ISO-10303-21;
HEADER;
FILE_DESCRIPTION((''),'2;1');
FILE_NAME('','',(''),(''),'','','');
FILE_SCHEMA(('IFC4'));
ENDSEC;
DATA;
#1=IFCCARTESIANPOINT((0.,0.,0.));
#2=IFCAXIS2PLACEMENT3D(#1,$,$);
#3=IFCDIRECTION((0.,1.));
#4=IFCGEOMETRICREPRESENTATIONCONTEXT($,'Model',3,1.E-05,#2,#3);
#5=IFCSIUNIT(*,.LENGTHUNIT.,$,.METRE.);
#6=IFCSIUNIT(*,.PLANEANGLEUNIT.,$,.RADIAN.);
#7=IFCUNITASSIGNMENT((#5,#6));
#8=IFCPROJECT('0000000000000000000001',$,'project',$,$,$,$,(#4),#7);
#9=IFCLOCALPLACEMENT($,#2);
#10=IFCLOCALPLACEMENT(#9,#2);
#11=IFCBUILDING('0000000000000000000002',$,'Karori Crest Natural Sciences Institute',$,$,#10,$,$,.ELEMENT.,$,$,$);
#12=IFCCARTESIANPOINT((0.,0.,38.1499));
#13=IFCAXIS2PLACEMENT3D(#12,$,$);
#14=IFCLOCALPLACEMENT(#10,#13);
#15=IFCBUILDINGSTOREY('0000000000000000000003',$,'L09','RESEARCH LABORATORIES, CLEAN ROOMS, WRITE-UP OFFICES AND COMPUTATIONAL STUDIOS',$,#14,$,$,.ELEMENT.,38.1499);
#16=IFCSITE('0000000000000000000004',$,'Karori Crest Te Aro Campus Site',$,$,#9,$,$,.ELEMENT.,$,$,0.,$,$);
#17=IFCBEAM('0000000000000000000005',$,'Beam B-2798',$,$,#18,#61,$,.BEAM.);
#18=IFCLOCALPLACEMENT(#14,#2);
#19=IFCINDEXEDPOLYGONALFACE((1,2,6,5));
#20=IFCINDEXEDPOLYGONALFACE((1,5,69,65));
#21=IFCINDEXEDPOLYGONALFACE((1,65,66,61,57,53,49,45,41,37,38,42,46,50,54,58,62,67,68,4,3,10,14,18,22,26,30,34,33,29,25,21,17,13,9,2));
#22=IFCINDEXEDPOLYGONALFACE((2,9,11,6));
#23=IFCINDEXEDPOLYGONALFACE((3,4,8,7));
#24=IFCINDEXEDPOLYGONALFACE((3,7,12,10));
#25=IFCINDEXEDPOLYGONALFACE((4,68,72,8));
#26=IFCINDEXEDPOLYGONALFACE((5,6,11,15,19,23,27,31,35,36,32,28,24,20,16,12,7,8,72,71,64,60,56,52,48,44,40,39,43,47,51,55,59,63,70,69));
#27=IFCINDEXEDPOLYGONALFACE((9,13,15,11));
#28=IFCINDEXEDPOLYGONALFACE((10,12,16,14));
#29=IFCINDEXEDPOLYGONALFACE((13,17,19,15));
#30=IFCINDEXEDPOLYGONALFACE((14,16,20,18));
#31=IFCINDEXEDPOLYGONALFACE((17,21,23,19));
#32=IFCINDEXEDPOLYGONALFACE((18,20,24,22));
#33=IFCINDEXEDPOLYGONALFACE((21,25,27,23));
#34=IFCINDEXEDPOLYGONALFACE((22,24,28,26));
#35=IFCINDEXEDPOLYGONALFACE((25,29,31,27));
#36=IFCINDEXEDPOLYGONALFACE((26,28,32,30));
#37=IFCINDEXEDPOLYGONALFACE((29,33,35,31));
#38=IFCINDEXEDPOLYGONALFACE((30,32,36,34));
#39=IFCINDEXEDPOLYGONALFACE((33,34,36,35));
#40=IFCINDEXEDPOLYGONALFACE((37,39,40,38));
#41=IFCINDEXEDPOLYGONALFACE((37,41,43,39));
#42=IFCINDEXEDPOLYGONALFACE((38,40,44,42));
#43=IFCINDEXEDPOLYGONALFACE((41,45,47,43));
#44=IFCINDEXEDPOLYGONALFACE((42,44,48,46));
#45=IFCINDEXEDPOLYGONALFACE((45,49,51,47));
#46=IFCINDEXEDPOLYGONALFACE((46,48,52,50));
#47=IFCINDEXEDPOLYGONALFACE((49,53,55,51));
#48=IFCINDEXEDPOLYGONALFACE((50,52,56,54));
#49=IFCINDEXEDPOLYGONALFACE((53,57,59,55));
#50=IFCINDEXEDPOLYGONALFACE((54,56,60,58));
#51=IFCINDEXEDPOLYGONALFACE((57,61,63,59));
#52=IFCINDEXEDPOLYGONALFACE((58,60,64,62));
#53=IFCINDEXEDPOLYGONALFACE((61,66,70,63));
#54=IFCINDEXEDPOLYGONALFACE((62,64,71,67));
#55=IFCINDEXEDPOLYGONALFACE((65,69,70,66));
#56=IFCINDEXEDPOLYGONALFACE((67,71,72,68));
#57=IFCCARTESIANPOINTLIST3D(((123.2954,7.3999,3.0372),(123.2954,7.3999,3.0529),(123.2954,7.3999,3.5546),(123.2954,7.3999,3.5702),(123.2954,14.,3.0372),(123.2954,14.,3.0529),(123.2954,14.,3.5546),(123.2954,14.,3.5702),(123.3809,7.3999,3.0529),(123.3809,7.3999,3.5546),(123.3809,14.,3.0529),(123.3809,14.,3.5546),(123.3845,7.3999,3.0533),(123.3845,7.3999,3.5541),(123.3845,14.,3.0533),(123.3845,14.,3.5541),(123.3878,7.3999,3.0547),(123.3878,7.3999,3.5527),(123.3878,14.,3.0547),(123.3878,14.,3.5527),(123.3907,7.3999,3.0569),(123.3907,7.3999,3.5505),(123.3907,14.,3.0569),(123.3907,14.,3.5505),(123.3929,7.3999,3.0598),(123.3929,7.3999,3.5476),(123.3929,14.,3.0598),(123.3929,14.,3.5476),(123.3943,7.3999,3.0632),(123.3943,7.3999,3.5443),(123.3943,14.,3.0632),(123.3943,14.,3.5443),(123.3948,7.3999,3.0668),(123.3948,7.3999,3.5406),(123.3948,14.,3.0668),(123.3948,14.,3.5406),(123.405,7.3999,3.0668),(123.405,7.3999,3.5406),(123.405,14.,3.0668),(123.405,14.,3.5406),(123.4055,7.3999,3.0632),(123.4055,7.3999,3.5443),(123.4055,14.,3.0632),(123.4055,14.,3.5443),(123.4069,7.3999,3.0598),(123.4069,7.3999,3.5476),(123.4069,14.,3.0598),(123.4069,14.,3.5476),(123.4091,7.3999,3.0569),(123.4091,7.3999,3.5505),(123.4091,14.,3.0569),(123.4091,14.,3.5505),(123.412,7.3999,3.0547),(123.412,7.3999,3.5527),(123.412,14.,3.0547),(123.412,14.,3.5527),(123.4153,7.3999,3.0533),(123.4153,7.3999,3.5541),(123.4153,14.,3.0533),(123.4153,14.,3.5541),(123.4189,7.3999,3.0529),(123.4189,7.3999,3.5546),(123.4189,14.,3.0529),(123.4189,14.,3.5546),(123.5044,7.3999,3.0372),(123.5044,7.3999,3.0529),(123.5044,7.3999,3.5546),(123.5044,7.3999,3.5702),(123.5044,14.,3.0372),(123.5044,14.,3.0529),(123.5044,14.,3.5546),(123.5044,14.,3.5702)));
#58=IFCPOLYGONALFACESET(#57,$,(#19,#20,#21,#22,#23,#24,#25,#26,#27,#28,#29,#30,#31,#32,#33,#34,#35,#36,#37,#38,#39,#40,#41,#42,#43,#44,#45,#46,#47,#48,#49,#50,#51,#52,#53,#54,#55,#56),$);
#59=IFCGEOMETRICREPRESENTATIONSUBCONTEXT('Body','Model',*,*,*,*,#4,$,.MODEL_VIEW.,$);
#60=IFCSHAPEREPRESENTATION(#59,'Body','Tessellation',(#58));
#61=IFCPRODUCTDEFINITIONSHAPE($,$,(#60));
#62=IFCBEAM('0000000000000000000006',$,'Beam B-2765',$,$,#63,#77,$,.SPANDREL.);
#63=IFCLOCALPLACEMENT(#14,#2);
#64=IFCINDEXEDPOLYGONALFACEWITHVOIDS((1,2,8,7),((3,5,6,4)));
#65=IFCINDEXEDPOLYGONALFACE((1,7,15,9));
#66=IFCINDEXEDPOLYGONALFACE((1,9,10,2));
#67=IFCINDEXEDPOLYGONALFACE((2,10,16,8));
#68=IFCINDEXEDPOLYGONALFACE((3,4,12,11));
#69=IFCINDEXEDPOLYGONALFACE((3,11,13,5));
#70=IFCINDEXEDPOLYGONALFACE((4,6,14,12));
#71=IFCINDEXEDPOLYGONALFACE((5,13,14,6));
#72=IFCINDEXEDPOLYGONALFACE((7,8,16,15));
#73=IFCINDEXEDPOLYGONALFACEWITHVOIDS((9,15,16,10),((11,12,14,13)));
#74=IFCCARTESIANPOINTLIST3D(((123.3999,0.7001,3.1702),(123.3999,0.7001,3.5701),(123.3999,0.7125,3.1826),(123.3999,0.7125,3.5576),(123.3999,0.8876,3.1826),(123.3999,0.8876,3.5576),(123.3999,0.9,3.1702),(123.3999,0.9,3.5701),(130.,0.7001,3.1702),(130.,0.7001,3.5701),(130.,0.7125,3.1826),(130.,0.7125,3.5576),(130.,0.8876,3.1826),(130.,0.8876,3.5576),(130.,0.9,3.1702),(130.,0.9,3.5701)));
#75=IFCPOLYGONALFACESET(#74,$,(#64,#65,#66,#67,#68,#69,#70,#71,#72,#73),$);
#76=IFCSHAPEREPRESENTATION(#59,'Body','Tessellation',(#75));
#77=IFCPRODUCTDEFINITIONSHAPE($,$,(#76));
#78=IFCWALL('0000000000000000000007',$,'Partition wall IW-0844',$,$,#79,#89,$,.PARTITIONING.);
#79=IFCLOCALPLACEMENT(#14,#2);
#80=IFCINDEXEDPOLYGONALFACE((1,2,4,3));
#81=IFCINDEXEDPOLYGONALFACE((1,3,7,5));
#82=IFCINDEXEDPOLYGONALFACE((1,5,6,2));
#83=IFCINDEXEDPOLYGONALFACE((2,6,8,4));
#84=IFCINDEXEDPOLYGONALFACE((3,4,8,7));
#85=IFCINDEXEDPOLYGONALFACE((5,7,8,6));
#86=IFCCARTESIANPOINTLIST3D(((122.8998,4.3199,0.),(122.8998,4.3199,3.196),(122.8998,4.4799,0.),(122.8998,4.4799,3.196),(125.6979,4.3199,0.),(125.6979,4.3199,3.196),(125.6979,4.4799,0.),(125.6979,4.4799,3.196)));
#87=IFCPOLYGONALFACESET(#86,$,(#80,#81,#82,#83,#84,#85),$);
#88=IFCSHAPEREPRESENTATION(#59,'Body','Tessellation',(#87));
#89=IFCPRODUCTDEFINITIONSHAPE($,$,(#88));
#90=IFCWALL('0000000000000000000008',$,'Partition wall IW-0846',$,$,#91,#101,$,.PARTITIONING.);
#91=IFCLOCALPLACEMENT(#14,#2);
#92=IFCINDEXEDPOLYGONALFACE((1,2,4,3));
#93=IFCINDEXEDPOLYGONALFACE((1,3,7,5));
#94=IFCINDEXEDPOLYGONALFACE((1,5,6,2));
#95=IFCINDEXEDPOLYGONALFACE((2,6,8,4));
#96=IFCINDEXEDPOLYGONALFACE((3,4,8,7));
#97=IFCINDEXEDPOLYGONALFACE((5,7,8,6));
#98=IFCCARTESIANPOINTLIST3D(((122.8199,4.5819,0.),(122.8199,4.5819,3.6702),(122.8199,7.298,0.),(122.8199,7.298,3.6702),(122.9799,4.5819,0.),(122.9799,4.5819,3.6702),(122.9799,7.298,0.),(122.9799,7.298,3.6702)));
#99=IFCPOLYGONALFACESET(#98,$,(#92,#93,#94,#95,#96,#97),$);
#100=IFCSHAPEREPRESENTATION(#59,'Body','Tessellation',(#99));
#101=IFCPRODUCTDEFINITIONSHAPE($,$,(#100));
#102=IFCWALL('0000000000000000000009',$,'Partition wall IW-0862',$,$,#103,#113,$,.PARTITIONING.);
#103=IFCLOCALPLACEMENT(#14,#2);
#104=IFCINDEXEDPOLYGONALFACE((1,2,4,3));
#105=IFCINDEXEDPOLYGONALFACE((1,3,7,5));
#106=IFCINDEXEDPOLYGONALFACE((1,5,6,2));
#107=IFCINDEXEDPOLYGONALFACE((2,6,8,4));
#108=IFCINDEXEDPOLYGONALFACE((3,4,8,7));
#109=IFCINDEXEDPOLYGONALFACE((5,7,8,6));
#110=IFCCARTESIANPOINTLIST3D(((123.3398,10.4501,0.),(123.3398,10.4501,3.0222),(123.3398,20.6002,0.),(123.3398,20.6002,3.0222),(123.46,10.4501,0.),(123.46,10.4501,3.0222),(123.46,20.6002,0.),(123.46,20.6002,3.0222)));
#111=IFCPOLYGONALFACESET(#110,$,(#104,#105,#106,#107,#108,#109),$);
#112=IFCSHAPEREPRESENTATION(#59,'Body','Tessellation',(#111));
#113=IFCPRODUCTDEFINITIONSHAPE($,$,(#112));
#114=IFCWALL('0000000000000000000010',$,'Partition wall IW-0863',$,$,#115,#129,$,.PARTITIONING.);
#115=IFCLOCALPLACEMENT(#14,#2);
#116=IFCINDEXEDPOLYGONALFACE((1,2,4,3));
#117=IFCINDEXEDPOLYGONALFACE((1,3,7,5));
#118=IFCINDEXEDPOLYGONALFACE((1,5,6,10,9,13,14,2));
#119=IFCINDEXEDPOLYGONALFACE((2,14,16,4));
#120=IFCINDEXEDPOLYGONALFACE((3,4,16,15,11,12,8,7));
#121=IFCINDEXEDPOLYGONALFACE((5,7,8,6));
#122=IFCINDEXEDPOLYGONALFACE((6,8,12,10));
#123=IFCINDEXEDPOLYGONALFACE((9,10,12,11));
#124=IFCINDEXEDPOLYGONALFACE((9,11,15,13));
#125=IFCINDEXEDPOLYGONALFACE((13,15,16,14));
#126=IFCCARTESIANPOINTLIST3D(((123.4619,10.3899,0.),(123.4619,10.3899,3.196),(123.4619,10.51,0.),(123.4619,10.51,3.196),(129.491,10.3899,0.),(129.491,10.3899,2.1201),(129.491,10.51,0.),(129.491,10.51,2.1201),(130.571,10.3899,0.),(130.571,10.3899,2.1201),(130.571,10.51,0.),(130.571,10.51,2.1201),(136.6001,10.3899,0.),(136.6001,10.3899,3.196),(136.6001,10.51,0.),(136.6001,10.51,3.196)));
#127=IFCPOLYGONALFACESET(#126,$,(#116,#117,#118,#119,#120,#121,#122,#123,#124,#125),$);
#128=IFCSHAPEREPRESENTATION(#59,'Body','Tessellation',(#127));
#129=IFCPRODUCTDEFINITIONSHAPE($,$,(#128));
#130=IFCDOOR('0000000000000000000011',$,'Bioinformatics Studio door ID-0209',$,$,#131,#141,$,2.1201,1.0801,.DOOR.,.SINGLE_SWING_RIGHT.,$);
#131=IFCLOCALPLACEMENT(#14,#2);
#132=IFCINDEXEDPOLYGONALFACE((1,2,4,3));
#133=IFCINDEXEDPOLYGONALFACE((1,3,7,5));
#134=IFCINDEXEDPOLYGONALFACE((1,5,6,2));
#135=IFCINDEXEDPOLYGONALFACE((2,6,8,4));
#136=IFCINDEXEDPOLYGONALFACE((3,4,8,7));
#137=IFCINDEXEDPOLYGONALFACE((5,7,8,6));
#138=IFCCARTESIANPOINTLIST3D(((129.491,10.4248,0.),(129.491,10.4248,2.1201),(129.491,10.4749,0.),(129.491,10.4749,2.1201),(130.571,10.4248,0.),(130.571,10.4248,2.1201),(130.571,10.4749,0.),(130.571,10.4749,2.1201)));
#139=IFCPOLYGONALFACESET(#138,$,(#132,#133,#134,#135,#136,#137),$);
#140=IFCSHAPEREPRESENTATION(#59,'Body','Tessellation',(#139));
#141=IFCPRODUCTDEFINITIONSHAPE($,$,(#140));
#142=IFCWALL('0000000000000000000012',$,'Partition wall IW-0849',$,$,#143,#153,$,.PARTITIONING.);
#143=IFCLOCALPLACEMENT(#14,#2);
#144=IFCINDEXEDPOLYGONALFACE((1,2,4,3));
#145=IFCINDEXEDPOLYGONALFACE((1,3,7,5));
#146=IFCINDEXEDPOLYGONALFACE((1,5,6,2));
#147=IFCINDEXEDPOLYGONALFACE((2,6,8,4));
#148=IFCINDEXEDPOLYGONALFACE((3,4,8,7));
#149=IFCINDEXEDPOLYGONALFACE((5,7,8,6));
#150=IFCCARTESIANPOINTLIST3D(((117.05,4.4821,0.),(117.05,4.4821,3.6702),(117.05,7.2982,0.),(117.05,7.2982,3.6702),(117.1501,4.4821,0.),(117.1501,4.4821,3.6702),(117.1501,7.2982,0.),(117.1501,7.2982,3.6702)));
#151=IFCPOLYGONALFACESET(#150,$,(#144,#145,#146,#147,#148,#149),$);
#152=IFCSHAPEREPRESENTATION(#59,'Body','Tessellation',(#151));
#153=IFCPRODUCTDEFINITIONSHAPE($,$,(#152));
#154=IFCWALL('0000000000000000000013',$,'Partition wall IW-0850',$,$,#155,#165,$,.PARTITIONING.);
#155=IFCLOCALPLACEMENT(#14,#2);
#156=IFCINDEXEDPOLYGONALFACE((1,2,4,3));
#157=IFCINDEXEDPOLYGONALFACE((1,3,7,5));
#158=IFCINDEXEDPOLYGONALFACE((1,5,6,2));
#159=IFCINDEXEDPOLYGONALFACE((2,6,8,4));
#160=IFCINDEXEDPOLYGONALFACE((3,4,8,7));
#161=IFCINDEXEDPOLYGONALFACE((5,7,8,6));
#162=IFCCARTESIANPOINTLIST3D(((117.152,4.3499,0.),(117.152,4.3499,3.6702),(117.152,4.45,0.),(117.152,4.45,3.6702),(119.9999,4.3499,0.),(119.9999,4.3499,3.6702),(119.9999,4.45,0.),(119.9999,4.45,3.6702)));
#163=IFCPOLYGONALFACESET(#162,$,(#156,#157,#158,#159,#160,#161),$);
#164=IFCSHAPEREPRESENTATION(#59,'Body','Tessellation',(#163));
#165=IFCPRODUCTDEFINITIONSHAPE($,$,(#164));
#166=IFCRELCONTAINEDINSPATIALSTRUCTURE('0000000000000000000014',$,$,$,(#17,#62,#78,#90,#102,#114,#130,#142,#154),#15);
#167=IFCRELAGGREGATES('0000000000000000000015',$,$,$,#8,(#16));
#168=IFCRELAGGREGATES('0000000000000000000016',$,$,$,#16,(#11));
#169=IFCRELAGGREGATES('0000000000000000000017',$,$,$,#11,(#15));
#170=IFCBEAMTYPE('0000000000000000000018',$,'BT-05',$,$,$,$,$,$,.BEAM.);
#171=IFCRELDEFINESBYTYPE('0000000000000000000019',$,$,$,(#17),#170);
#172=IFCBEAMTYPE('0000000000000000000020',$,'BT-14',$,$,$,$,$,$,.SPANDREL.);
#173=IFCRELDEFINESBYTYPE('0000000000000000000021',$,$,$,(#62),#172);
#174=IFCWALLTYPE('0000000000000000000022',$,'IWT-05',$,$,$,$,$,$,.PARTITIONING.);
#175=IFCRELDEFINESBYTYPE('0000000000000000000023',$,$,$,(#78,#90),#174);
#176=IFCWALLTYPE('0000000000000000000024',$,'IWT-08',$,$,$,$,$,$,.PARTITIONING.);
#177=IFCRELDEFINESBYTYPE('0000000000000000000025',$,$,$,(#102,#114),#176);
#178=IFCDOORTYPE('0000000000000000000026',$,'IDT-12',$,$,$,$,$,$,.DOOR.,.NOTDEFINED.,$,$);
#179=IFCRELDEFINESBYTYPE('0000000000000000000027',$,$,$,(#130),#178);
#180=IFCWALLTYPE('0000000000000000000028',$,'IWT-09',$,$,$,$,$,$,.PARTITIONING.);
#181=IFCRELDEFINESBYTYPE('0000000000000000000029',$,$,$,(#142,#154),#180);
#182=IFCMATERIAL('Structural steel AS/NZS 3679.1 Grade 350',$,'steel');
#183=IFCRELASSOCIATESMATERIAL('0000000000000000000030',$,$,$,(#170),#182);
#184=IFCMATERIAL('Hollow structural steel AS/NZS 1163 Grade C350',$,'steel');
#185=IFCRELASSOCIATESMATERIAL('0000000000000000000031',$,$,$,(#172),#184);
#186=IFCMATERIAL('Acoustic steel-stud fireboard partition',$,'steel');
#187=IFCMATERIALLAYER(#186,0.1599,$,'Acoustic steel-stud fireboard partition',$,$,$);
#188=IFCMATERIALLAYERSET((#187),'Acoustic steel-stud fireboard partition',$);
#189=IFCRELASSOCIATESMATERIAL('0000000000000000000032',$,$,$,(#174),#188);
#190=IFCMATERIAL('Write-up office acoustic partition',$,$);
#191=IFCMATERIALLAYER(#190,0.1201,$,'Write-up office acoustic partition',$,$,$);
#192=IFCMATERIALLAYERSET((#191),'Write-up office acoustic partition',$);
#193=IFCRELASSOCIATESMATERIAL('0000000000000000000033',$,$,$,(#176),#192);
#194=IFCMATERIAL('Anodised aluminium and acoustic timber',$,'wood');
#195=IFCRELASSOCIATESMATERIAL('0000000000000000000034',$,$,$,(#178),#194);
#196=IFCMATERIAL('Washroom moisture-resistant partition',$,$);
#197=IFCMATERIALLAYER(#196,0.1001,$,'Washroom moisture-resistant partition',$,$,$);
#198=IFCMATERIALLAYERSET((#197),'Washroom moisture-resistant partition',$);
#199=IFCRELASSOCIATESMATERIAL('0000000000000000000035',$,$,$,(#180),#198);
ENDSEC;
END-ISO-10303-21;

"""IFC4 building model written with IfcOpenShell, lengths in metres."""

from ifc_helpers import new_model, si_unit, direction, frame, frame_2d, origin, origin_2d, place, context, subcontext, project, spatial, rectangle, hollow_rectangle, i_section, extrude, material, layer, layer_set, material_profile, profile_set, type_object, element, fill, save


model = new_model("IFC4")

# Units and contexts
model_context = context("Model", 3, precision=1e-05, world=origin(), true_north=direction((0.0, 1.0)))
body_context = subcontext(model_context, "Body", "Model", "MODEL_VIEW")
ifc_project = project(units=[si_unit("LENGTHUNIT", "METRE"), si_unit("PLANEANGLEUNIT", "RADIAN")], contexts=[model_context])

# Site, building, storey
site_placement = place(None, origin())
site = spatial("IfcSite", under=ifc_project, at=site_placement, Name="Karori Crest Te Aro Campus Site", CompositionType="ELEMENT", RefElevation=0.0)
building_placement = place(site_placement, origin())
building = spatial("IfcBuilding", under=site, at=building_placement, Name="Karori Crest Natural Sciences Institute", CompositionType="ELEMENT")
storey_placement = place(building_placement, frame((0.0, 0.0, 38.1499)))
storey = spatial("IfcBuildingStorey", under=building, at=storey_placement, Name="L09", Description="RESEARCH LABORATORIES, CLEAN ROOMS, WRITE-UP OFFICES AND COMPUTATIONAL STUDIOS", CompositionType="ELEMENT", Elevation=38.1499)

# Shared definitions
ifc_material_1 = material(Name="Structural steel AS/NZS 3679.1 Grade 350", Category="steel")

# Beams
ifc_material_profile_1 = material_profile(ifc_material_1, i_section(OverallWidth=0.209, OverallDepth=0.533, WebThickness=0.0103, FlangeThickness=0.0156, FilletRadius=0.0139, at=origin_2d()), Name="530UB92.4")
ifc_profile_set_1 = profile_set([ifc_material_profile_1], Name="Structural steel AS/NZS 3679.1 Grade 350")
beam_type_1 = type_object("IfcBeamType", Name="BT-05", PredefinedType="BEAM", material=ifc_profile_set_1)
beam_1_placement = place(storey_placement, frame((123.3999, 7.3999, 3.3037), z_axis=(0.0, 1.0, 0.0), x_axis=(-1.0, 0.0, 0.0)))
element("IfcBeam", 1, at=beam_1_placement, inside=storey, type_object=beam_type_1, Name="Beam B-2798", PredefinedType="BEAM", context=body_context, shape_type="SweptSolid", body=[
    extrude(i_section(OverallWidth=0.209, OverallDepth=0.533, WebThickness=0.0103, FlangeThickness=0.0156, FilletRadius=0.0139, at=origin_2d()), origin(), (0.0, 0.0, 1.0), 6.6001),
])
ifc_material_2 = material(Name="Hollow structural steel AS/NZS 1163 Grade C350", Category="steel")
ifc_material_profile_2 = material_profile(ifc_material_2, hollow_rectangle(XDim=0.2, YDim=0.3999, WallThickness=0.0125, at=origin_2d()), Name="RHS400x200x12.5")
ifc_profile_set_2 = profile_set([ifc_material_profile_2], Name="Hollow structural steel AS/NZS 1163 Grade C350")
beam_type_2 = type_object("IfcBeamType", Name="BT-14", PredefinedType="SPANDREL", material=ifc_profile_set_2)
beam_2_placement = place(storey_placement, frame((123.3999, 0.8, 3.3701), z_axis=(1.0, 0.0, 0.0), x_axis=(0.0, 1.0, 0.0)))
element("IfcBeam", 2, at=beam_2_placement, inside=storey, type_object=beam_type_2, Name="Beam B-2765", PredefinedType="SPANDREL", context=body_context, shape_type="SweptSolid", body=[
    extrude(hollow_rectangle(XDim=0.2, YDim=0.3999, WallThickness=0.0125, at=origin_2d()), origin(), (0.0, 0.0, 1.0), 6.6001),
])

# Wall
ifc_material_3 = material(Name="Acoustic steel-stud fireboard partition", Category="steel")
ifc_layer_1 = layer(ifc_material_3, 0.1599, Name="Acoustic steel-stud fireboard partition")
ifc_layer_set_1 = layer_set([ifc_layer_1], Name="Acoustic steel-stud fireboard partition")
wall_type_1 = type_object("IfcWallType", Name="IWT-05", PredefinedType="PARTITIONING", material=ifc_layer_set_1)
wall_1_placement = place(storey_placement, frame((122.8999, 4.3999, 0.0), z_axis=(0.0, 0.0, 1.0), x_axis=(1.0, 0.0, 0.0)))
element("IfcWall", 3, at=wall_1_placement, inside=storey, type_object=wall_type_1, Name="Partition wall IW-0844", PredefinedType="PARTITIONING", context=body_context, shape_type="SweptSolid", body=[
    extrude(rectangle(XDim=2.7981, YDim=0.1599, at=frame_2d((1.3989, 0.0))), origin(), (0.0, 0.0, 1.0), 3.196),
])

# Walls
wall_2_placement = place(storey_placement, frame((122.8999, 4.582, 0.0), z_axis=(0.0, 0.0, 1.0), x_axis=(0.0, 1.0, 0.0)))
element("IfcWall", 4, at=wall_2_placement, inside=storey, type_object=wall_type_1, Name="Partition wall IW-0846", PredefinedType="PARTITIONING", context=body_context, shape_type="SweptSolid", body=[
    extrude(rectangle(XDim=2.7161, YDim=0.1599, at=frame_2d((1.3579, 0.0))), origin(), (0.0, 0.0, 1.0), 3.6702),
])
ifc_material_4 = material(Name="Write-up office acoustic partition")
ifc_layer_2 = layer(ifc_material_4, 0.1201, Name="Write-up office acoustic partition")
ifc_layer_set_2 = layer_set([ifc_layer_2], Name="Write-up office acoustic partition")
wall_type_2 = type_object("IfcWallType", Name="IWT-08", PredefinedType="PARTITIONING", material=ifc_layer_set_2)
wall_3_placement = place(storey_placement, frame((123.3999, 10.45, 0.0), z_axis=(0.0, 0.0, 1.0), x_axis=(0.0, 1.0, 0.0)))
element("IfcWall", 5, at=wall_3_placement, inside=storey, type_object=wall_type_2, Name="Partition wall IW-0862", PredefinedType="PARTITIONING", context=body_context, shape_type="SweptSolid", body=[
    extrude(rectangle(XDim=10.1501, YDim=0.1201, at=frame_2d((5.0752, 0.0))), origin(), (0.0, 0.0, 1.0), 3.0222),
])

# Wall, opening, door
wall_4_placement = place(storey_placement, frame((123.4619, 10.45, 0.0), z_axis=(0.0, 0.0, 1.0), x_axis=(1.0, 0.0, 0.0)))
wall_4 = element("IfcWall", 6, at=wall_4_placement, inside=storey, type_object=wall_type_2, Name="Partition wall IW-0863", PredefinedType="PARTITIONING", context=body_context, shape_type="SweptSolid", body=[
    extrude(rectangle(XDim=13.1382, YDim=0.1201, at=frame_2d((6.5691, 0.0))), origin(), (0.0, 0.0, 1.0), 3.196),
])
opening_1_placement = place(wall_4_placement, frame((6.0291, 0.0, 0.0)))
opening_1 = element("IfcOpeningElement", 7, at=opening_1_placement, cuts=wall_4, PredefinedType="OPENING", context=body_context, shape_type="SweptSolid", body=[
    extrude(rectangle(XDim=1.0801, YDim=2.1201, at=frame_2d((0.54, 1.0601))), frame((0.0, 0.0701, 0.0), z_axis=(0.0, -1.0, 0.0), x_axis=(1.0, 0.0, 0.0)), (0.0, 0.0, 1.0), 0.1401),
])
ifc_material_5 = material(Name="Anodised aluminium and acoustic timber", Category="wood")
door_type_1 = type_object("IfcDoorType", Name="IDT-12", OperationType="NOTDEFINED", PredefinedType="DOOR", material=ifc_material_5)
door_1_placement = place(opening_1_placement, origin())
door_1 = element("IfcDoor", 8, at=door_1_placement, inside=storey, type_object=door_type_1, Name="Bioinformatics Studio door ID-0209", OperationType="SINGLE_SWING_RIGHT", OverallHeight=2.1201, OverallWidth=1.0801, PredefinedType="DOOR", context=body_context, shape_type="SweptSolid", body=[
    extrude(rectangle(XDim=1.0801, YDim=2.1201, at=frame_2d((0.54, 1.0601))), frame((0.0, 0.0249, 0.0), z_axis=(0.0, -1.0, 0.0), x_axis=(1.0, 0.0, 0.0)), (0.0, 0.0, 1.0), 0.05),
])
fill(opening_1, door_1)

# Walls
ifc_material_6 = material(Name="Washroom moisture-resistant partition")
ifc_layer_3 = layer(ifc_material_6, 0.1001, Name="Washroom moisture-resistant partition")
ifc_layer_set_3 = layer_set([ifc_layer_3], Name="Washroom moisture-resistant partition")
wall_type_3 = type_object("IfcWallType", Name="IWT-09", PredefinedType="PARTITIONING", material=ifc_layer_set_3)
wall_5_placement = place(storey_placement, frame((117.1001, 4.4819, 0.0), z_axis=(0.0, 0.0, 1.0), x_axis=(0.0, 1.0, 0.0)))
element("IfcWall", 9, at=wall_5_placement, inside=storey, type_object=wall_type_3, Name="Partition wall IW-0849", PredefinedType="PARTITIONING", context=body_context, shape_type="SweptSolid", body=[
    extrude(rectangle(XDim=2.8162, YDim=0.1001, at=frame_2d((1.4082, 0.0))), origin(), (0.0, 0.0, 1.0), 3.6702),
])
wall_6_placement = place(storey_placement, frame((117.1521, 4.3999, 0.0), z_axis=(0.0, 0.0, 1.0), x_axis=(1.0, 0.0, 0.0)))
element("IfcWall", 10, at=wall_6_placement, inside=storey, type_object=wall_type_3, Name="Partition wall IW-0850", PredefinedType="PARTITIONING", context=body_context, shape_type="SweptSolid", body=[
    extrude(rectangle(XDim=2.8479, YDim=0.1001, at=frame_2d((1.4238, 0.0))), origin(), (0.0, 0.0, 1.0), 3.6702),
])

save(model, "model.ifc")
